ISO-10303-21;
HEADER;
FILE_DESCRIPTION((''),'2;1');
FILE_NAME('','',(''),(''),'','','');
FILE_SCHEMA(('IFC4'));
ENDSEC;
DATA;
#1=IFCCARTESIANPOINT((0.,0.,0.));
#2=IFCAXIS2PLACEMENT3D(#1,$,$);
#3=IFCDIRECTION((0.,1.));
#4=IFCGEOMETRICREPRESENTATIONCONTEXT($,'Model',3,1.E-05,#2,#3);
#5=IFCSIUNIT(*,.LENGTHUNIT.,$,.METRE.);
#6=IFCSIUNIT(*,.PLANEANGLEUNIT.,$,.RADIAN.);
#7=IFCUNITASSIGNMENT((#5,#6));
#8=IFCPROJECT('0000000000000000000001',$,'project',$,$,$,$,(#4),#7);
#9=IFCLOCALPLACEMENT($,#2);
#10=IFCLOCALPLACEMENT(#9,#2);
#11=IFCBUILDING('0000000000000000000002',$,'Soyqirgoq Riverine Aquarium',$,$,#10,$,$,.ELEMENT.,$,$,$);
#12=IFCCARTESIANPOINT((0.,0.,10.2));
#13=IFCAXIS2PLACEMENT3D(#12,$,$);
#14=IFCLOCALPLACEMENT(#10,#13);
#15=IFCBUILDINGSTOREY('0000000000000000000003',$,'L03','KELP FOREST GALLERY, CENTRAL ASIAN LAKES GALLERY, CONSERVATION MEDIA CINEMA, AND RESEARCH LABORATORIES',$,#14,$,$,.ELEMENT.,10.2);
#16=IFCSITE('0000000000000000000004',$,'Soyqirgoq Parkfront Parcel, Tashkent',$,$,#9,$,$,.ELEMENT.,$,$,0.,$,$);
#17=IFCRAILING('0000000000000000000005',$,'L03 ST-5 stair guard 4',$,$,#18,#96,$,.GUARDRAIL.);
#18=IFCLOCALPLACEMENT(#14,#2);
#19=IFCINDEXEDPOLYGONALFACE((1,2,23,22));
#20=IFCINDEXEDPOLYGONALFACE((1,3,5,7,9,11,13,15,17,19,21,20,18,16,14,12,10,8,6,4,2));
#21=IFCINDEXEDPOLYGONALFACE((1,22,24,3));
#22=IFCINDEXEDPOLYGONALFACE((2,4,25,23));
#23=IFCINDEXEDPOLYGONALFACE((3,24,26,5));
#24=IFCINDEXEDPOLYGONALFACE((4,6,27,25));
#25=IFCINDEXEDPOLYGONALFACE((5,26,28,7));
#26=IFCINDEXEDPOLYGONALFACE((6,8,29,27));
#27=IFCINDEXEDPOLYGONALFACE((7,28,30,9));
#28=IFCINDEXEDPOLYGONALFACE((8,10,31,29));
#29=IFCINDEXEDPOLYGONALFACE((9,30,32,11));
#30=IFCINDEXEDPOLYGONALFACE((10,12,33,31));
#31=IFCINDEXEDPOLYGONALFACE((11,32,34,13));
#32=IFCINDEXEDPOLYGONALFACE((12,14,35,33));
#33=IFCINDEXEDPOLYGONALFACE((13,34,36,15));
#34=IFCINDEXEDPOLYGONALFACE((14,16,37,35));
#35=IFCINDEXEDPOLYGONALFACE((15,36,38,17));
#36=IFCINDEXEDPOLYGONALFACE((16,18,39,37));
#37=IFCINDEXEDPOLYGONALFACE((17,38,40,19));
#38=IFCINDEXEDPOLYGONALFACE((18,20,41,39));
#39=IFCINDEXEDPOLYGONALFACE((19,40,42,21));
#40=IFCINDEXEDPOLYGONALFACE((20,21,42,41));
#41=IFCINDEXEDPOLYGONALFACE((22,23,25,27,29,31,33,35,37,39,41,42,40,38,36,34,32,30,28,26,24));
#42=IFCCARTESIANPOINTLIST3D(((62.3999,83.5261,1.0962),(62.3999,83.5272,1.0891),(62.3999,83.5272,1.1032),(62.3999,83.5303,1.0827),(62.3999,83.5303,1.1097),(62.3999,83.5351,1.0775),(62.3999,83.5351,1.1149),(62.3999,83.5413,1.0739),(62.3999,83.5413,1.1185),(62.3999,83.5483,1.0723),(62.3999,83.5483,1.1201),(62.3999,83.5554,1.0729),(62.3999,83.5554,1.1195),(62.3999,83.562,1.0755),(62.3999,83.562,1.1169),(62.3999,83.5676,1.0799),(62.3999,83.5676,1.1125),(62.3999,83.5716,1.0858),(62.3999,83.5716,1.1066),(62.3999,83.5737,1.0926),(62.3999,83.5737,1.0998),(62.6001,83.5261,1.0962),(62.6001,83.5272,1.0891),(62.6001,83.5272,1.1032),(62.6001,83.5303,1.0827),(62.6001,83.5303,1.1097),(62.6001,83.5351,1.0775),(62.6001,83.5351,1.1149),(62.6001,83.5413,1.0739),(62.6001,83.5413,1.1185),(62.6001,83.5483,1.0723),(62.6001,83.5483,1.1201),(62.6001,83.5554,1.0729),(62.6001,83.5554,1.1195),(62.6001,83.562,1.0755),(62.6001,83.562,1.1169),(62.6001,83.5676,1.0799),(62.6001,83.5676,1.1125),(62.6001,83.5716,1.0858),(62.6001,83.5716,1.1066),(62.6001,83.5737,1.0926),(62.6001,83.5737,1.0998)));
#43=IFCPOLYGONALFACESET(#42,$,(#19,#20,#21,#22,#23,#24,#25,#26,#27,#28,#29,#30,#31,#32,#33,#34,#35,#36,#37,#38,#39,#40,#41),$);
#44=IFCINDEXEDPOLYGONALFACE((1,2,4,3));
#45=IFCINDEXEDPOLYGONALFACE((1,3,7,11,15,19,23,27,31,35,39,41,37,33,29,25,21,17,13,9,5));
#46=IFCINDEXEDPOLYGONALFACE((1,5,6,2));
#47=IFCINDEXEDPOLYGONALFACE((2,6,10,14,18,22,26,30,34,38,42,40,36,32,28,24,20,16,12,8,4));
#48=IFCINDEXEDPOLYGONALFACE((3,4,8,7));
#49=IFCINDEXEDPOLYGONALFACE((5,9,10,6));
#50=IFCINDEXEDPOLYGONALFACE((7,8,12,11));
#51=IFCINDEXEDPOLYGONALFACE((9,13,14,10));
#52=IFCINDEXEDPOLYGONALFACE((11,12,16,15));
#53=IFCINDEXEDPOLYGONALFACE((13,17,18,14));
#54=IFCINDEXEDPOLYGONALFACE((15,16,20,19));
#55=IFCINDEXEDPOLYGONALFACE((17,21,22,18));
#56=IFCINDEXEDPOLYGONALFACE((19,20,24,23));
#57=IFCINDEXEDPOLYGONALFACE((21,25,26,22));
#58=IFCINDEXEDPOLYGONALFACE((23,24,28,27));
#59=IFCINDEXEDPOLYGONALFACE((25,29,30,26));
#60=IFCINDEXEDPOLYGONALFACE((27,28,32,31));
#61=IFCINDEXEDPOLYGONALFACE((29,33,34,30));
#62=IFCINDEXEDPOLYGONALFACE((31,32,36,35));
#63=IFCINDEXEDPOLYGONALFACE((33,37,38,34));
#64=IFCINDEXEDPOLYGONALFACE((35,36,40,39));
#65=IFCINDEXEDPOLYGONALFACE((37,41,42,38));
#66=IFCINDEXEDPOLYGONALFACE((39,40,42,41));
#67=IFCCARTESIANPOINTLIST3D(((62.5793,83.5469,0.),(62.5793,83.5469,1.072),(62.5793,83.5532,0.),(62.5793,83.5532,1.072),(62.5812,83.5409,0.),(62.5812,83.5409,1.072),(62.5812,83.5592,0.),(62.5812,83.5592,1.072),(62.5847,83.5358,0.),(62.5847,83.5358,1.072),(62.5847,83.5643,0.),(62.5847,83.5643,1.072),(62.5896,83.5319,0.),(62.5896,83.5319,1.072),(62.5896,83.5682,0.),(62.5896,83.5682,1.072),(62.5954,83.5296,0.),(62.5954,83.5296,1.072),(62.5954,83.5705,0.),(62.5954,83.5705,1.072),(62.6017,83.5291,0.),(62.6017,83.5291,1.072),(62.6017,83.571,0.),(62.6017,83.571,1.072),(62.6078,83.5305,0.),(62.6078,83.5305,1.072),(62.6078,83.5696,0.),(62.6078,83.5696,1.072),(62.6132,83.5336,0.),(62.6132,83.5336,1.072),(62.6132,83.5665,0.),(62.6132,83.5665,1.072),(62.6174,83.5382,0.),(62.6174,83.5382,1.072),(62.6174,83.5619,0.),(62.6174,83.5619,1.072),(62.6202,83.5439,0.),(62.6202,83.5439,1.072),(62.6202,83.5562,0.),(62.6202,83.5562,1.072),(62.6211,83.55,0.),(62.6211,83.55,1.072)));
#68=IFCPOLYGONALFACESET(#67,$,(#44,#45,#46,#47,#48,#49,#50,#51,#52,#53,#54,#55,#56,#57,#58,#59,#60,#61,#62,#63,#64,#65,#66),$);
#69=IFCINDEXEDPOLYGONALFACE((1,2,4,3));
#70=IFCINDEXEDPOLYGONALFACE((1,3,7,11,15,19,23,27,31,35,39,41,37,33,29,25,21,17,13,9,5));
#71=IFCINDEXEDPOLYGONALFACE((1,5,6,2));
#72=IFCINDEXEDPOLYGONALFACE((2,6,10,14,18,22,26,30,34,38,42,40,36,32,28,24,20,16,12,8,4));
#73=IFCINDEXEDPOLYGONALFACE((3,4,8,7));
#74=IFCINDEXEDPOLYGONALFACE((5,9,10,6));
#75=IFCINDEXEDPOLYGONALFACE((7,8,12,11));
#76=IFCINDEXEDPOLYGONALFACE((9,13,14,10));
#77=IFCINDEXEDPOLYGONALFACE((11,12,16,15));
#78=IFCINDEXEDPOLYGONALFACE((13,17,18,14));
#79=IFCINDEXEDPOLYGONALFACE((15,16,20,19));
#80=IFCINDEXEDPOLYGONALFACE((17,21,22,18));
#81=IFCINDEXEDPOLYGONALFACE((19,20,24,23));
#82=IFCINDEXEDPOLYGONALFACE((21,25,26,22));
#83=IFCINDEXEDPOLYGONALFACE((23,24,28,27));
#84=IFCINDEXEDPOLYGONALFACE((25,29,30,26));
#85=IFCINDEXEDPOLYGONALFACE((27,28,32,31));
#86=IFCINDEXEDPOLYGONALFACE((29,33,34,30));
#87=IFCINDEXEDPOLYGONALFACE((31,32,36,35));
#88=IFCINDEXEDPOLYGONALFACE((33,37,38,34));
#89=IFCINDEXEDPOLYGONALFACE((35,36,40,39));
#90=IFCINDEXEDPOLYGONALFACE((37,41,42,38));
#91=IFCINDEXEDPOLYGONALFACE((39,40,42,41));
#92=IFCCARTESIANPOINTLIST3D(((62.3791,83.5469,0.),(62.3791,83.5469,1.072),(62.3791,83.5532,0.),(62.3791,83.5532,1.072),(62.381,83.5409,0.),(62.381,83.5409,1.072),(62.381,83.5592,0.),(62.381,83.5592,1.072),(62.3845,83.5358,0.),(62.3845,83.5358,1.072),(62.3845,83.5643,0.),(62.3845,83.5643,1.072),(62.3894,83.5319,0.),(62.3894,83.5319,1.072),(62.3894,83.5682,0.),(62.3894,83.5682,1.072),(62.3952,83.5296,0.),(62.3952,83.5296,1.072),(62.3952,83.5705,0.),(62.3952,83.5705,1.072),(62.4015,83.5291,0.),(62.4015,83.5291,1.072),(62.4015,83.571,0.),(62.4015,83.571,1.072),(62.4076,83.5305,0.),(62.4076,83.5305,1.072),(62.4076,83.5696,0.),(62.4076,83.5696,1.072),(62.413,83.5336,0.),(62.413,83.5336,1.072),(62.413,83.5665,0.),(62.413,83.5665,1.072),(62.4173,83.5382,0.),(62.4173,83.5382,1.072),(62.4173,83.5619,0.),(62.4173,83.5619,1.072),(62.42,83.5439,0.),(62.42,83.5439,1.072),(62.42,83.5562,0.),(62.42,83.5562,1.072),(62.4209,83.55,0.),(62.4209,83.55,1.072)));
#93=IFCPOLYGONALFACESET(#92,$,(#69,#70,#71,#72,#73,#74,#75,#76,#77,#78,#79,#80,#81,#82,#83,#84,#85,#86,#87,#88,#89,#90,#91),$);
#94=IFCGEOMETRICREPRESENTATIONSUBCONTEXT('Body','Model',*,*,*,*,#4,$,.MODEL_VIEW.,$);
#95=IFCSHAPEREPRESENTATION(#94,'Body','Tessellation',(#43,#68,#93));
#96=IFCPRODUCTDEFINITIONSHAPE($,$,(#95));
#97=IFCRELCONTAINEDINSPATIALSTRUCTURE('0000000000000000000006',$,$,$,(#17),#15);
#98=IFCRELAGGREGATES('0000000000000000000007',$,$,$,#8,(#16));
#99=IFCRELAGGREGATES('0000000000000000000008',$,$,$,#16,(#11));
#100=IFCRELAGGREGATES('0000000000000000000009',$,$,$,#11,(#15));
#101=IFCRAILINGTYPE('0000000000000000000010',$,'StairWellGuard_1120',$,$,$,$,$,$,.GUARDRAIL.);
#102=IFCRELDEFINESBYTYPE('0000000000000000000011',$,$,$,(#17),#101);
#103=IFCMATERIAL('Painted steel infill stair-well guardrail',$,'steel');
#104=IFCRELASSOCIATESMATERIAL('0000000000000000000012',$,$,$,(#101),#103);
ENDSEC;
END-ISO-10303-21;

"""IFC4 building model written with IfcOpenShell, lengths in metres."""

from ifc_helpers import new_model, si_unit, direction, frame, origin, origin_2d, place, context, subcontext, project, spatial, circle, extrude, material, type_object, element, save


model = new_model("IFC4")

# Units and contexts
model_context = context("Model", 3, precision=1e-05, world=origin(), true_north=direction((0.0, 1.0)))
body_context = subcontext(model_context, "Body", "Model", "MODEL_VIEW")
ifc_project = project(units=[si_unit("LENGTHUNIT", "METRE"), si_unit("PLANEANGLEUNIT", "RADIAN")], contexts=[model_context])

# Site, building, storey
site_placement = place(None, origin())
site = spatial("IfcSite", under=ifc_project, at=site_placement, Name="Soyqirgoq Parkfront Parcel, Tashkent", CompositionType="ELEMENT", RefElevation=0.0)
building_placement = place(site_placement, origin())
building = spatial("IfcBuilding", under=site, at=building_placement, Name="Soyqirgoq Riverine Aquarium", CompositionType="ELEMENT")
storey_placement = place(building_placement, frame((0.0, 0.0, 10.2)))
storey = spatial("IfcBuildingStorey", under=building, at=storey_placement, Name="L03", Description="KELP FOREST GALLERY, CENTRAL ASIAN LAKES GALLERY, CONSERVATION MEDIA CINEMA, AND RESEARCH LABORATORIES", CompositionType="ELEMENT", Elevation=10.2)

# Railing
ifc_material_1 = material(Name="Painted steel infill stair-well guardrail", Category="steel")
railing_type_1 = type_object("IfcRailingType", Name="StairWellGuard_1120", PredefinedType="GUARDRAIL", material=ifc_material_1)
railing_1_placement = place(storey_placement, frame((62.6001, 83.55, 0.0)))
element("IfcRailing", 1, at=railing_1_placement, inside=storey, type_object=railing_type_1, Name="L03 ST-5 stair guard 4", PredefinedType="GUARDRAIL", context=body_context, shape_type="SweptSolid", body=[
    extrude(circle(Radius=0.0239, at=origin_2d()), frame((0.0, 0.0, 1.0962), z_axis=(-1.0, 0.0, 0.0), x_axis=(0.0, -1.0, 0.0)), (0.0, 0.0, 1.0), 0.2002),
    extrude(circle(Radius=0.021, at=origin_2d()), origin(), (0.0, 0.0, 1.0), 1.072),
    extrude(circle(Radius=0.021, at=origin_2d()), frame((-0.2002, 0.0, 0.0)), (0.0, 0.0, 1.0), 1.072),
])

save(model, "model.ifc")
